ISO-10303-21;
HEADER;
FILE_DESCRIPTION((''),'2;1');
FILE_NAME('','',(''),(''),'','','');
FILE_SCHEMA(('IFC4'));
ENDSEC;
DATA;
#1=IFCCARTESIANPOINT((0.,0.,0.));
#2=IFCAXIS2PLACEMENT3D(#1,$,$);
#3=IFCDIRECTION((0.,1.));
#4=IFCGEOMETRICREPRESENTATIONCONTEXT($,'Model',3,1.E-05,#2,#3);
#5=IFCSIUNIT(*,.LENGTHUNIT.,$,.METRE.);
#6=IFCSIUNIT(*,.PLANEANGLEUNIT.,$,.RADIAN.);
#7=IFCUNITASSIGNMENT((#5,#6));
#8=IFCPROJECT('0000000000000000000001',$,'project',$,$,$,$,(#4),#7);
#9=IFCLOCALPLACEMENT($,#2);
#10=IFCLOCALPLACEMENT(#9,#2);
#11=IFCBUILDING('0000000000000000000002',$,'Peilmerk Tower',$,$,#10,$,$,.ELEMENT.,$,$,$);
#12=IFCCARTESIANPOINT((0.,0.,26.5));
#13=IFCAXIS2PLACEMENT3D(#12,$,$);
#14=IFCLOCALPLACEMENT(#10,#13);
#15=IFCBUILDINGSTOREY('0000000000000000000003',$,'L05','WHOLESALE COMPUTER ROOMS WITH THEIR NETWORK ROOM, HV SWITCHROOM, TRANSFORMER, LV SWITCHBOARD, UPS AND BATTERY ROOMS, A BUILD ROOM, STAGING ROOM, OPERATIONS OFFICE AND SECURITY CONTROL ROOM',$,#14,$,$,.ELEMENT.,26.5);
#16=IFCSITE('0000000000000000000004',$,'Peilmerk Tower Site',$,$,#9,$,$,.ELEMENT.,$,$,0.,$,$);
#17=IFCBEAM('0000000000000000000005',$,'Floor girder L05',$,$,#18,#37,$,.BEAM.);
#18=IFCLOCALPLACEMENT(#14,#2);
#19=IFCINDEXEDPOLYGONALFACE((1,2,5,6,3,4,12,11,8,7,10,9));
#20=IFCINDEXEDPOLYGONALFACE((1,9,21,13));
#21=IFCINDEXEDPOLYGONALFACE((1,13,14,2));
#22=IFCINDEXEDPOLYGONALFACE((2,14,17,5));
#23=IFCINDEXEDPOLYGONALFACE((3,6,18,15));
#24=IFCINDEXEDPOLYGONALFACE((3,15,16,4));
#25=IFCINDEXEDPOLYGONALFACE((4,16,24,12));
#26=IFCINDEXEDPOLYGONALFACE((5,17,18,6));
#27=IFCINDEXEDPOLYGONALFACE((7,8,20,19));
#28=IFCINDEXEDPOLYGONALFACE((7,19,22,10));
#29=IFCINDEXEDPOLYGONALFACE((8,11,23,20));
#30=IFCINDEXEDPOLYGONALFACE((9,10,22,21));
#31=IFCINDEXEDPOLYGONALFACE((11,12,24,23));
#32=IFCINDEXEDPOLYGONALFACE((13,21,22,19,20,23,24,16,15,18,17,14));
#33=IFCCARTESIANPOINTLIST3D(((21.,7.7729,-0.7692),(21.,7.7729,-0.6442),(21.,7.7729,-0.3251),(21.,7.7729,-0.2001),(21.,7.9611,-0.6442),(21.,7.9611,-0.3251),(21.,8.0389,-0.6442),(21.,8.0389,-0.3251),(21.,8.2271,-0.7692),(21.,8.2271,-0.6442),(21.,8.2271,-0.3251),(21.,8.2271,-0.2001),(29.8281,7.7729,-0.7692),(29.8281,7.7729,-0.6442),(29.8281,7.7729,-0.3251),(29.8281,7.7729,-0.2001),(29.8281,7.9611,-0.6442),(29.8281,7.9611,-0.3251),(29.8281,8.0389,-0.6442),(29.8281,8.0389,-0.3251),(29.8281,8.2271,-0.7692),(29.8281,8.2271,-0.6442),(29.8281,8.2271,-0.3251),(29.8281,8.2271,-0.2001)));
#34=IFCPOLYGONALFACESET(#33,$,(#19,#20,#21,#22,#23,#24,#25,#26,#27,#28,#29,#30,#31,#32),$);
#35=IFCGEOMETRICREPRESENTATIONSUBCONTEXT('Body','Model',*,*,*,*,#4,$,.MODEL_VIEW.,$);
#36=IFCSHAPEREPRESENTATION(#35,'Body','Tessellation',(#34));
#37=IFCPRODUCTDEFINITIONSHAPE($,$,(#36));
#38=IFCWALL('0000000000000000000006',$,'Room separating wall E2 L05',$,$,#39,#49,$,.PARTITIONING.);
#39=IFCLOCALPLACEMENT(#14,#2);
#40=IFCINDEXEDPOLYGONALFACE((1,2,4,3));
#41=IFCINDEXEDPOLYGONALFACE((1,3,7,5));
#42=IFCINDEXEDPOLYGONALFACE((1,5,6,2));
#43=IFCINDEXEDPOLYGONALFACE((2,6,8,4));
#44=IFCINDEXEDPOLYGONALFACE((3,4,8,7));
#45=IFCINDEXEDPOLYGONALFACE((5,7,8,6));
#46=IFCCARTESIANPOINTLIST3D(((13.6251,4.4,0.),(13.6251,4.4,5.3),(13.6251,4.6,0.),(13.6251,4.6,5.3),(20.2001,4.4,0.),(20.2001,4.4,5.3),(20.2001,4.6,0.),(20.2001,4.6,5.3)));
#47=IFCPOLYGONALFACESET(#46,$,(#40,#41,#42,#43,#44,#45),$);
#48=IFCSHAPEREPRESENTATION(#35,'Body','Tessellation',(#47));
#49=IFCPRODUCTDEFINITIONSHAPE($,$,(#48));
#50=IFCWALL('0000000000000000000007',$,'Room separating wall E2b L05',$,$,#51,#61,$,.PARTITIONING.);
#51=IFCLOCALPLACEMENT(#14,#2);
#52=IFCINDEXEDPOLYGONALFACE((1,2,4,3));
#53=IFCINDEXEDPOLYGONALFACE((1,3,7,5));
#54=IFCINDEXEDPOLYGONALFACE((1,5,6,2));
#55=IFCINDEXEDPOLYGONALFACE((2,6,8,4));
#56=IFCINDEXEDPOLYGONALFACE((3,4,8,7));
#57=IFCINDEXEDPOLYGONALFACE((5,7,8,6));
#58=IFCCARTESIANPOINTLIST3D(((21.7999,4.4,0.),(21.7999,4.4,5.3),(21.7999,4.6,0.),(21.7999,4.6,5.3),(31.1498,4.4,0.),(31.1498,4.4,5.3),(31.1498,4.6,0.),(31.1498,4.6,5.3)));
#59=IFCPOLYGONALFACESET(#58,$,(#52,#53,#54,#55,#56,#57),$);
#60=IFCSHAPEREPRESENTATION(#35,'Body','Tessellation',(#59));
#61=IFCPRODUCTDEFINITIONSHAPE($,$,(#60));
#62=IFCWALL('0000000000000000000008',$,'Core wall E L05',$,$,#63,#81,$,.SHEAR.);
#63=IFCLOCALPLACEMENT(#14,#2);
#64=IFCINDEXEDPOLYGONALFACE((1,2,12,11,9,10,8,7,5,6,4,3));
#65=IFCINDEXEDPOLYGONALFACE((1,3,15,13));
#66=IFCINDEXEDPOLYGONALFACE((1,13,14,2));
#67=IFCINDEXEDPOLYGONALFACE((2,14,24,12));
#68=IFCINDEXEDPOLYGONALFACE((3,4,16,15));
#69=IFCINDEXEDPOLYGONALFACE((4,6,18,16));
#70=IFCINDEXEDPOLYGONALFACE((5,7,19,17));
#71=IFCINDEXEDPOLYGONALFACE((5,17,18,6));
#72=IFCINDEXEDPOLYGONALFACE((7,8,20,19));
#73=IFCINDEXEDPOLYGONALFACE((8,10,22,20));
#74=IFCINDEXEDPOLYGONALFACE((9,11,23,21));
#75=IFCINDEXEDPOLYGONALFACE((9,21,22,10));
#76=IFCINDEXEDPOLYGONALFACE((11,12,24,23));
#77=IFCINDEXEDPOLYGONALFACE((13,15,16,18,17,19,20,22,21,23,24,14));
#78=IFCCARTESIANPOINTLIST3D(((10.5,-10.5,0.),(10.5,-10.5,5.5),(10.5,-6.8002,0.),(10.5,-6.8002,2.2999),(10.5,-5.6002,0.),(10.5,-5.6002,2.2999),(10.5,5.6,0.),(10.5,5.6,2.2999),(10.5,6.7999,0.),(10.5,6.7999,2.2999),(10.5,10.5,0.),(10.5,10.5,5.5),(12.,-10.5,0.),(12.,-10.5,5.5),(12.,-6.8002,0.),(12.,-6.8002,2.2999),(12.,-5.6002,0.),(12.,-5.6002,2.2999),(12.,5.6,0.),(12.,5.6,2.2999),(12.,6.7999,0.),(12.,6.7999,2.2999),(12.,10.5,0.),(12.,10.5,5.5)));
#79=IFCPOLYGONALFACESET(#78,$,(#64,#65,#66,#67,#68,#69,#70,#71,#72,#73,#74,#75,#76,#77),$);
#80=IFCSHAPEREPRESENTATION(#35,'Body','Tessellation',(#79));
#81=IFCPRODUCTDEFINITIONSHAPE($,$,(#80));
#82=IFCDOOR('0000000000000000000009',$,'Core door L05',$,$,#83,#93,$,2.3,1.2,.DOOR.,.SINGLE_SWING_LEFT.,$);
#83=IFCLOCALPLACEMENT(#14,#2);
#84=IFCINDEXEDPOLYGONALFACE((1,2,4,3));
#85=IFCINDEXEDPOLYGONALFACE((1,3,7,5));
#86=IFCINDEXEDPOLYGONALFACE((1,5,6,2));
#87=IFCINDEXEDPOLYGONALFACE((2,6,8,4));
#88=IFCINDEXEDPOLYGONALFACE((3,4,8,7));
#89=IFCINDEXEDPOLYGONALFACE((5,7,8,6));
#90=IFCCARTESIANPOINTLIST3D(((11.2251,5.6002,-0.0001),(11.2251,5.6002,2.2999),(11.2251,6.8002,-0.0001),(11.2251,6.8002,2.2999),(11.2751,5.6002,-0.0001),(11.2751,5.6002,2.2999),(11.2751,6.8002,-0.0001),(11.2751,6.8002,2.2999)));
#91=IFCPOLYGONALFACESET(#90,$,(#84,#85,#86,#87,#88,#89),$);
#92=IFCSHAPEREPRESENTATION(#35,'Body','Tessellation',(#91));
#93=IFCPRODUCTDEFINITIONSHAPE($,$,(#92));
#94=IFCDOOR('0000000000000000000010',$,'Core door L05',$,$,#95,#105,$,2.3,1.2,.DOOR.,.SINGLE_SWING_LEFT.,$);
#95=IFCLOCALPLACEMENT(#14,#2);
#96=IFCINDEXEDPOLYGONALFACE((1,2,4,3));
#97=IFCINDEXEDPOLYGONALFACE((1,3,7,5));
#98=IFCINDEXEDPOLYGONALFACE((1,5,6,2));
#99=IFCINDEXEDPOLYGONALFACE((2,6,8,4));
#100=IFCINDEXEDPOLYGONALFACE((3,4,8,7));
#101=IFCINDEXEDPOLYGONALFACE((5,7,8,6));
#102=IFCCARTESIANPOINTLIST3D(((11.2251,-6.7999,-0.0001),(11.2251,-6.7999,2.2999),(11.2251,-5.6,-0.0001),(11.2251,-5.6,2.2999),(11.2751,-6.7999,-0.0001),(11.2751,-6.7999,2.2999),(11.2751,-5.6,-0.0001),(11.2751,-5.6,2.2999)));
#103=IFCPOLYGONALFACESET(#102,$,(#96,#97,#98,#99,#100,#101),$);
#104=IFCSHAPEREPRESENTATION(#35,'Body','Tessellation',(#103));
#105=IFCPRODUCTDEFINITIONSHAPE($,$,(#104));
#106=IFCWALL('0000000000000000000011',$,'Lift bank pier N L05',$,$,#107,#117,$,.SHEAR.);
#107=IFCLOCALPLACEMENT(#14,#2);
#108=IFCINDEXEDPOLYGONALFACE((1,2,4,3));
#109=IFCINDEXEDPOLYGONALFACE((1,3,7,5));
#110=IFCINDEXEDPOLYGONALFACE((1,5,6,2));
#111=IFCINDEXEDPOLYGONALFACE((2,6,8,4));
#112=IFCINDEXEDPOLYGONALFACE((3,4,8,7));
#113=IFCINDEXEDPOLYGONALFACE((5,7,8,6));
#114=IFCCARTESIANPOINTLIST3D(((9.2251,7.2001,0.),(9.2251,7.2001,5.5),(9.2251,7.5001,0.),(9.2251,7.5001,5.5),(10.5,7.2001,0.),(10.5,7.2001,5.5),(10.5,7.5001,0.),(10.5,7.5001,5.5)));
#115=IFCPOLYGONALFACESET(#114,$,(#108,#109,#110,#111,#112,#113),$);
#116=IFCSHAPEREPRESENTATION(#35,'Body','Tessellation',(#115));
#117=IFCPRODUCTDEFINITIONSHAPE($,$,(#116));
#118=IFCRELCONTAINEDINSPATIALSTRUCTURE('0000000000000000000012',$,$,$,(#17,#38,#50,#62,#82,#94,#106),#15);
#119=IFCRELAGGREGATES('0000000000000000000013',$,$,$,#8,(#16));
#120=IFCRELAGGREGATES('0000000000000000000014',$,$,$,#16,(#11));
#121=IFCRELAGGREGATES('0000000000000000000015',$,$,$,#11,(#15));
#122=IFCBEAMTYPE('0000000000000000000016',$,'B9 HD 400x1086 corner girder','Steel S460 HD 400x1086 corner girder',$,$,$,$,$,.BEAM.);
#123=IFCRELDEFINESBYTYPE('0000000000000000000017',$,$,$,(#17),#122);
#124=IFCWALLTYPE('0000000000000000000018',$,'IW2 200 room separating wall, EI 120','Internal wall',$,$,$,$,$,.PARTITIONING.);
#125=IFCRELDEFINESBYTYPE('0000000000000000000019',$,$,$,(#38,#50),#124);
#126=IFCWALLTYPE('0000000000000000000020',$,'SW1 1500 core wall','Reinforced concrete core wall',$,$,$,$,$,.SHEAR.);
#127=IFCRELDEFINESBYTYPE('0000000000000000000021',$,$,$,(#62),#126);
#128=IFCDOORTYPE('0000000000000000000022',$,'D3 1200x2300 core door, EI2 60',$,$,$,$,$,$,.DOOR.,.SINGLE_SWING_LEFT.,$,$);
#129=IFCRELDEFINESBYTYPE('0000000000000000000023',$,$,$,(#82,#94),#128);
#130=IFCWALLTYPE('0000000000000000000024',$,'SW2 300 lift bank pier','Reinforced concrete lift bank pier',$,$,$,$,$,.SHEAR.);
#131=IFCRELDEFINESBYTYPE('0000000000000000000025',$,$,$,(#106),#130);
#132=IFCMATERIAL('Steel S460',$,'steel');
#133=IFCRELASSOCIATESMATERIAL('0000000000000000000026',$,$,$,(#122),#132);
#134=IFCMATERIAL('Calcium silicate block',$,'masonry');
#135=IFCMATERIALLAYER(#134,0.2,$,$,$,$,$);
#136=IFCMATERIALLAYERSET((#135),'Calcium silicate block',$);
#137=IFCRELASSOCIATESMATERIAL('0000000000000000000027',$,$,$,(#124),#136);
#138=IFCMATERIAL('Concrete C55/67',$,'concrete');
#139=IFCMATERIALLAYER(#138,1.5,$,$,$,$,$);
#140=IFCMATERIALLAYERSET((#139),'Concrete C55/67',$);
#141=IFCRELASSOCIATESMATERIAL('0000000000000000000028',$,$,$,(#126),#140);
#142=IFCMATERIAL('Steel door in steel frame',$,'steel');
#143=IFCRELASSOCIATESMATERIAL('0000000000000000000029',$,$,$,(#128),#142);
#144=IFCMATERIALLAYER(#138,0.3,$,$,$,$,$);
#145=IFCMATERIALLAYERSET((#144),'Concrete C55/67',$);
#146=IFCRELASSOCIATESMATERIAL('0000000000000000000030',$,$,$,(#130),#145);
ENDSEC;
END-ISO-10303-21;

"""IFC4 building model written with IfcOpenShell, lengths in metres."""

from ifc_helpers import new_model, si_unit, direction, frame, frame_2d, origin, origin_2d, place, context, subcontext, project, spatial, rectangle, i_section, extrude, material, layer, layer_set, material_profile, profile_set, type_object, element, fill, save


model = new_model("IFC4")

# Units and contexts
model_context = context("Model", 3, precision=1e-05, world=origin(), true_north=direction((0.0, 1.0)))
body_context = subcontext(model_context, "Body", "Model", "MODEL_VIEW")
ifc_project = project(units=[si_unit("LENGTHUNIT", "METRE"), si_unit("PLANEANGLEUNIT", "RADIAN")], contexts=[model_context])

# Site, building, storey
site_placement = place(None, origin())
site = spatial("IfcSite", under=ifc_project, at=site_placement, Name="Peilmerk Tower Site", CompositionType="ELEMENT", RefElevation=0.0)
building_placement = place(site_placement, origin())
building = spatial("IfcBuilding", under=site, at=building_placement, Name="Peilmerk Tower", CompositionType="ELEMENT")
storey_placement = place(building_placement, frame((0.0, 0.0, 26.5)))
storey = spatial("IfcBuildingStorey", under=building, at=storey_placement, Name="L05", Description="WHOLESALE COMPUTER ROOMS WITH THEIR NETWORK ROOM, HV SWITCHROOM, TRANSFORMER, LV SWITCHBOARD, UPS AND BATTERY ROOMS, A BUILD ROOM, STAGING ROOM, OPERATIONS OFFICE AND SECURITY CONTROL ROOM", CompositionType="ELEMENT", Elevation=26.5)

# Beam
ifc_material_1 = material(Name="Steel S460", Category="steel")
ifc_material_profile_1 = material_profile(ifc_material_1, i_section(OverallWidth=0.4541, OverallDepth=0.5691, WebThickness=0.0779, FlangeThickness=0.125, at=origin_2d()), Name="HD 400x1086")
ifc_profile_set_1 = profile_set([ifc_material_profile_1], Name="Steel S460")
beam_type_1 = type_object("IfcBeamType", Name="B9 HD 400x1086 corner girder", Description="Steel S460 HD 400x1086 corner girder", PredefinedType="BEAM", material=ifc_profile_set_1)
beam_1_placement = place(storey_placement, frame((21.0, 8.0, -0.4846), z_axis=(1.0, 0.0, 0.0), x_axis=(0.0, 1.0, 0.0)))
element("IfcBeam", 1, at=beam_1_placement, inside=storey, type_object=beam_type_1, Name="Floor girder L05", PredefinedType="BEAM", context=body_context, shape_type="SweptSolid", body=[
    extrude(i_section(OverallWidth=0.4541, OverallDepth=0.5691, WebThickness=0.0779, FlangeThickness=0.125, at=origin_2d()), origin(), (0.0, 0.0, 1.0), 8.8281),
])

# Walls
ifc_material_2 = material(Name="Calcium silicate block", Category="masonry")
ifc_layer_1 = layer(ifc_material_2, 0.2)
ifc_layer_set_1 = layer_set([ifc_layer_1], Name="Calcium silicate block")
wall_type_1 = type_object("IfcWallType", Name="IW2 200 room separating wall, EI 120", Description="Internal wall", PredefinedType="PARTITIONING", material=ifc_layer_set_1)
wall_1_placement = place(storey_placement, frame((13.625, 4.5, 0.0), z_axis=(0.0, 0.0, 1.0), x_axis=(1.0, 0.0, 0.0)))
element("IfcWall", 2, at=wall_1_placement, inside=storey, type_object=wall_type_1, Name="Room separating wall E2 L05", PredefinedType="PARTITIONING", context=body_context, shape_type="SweptSolid", body=[
    extrude(rectangle(XDim=6.575, YDim=0.2, at=frame_2d((3.2876, 0.0))), origin(), (0.0, 0.0, 1.0), 5.3),
])
wall_2_placement = place(storey_placement, frame((21.8, 4.5, 0.0), z_axis=(0.0, 0.0, 1.0), x_axis=(1.0, 0.0, 0.0)))
element("IfcWall", 3, at=wall_2_placement, inside=storey, type_object=wall_type_1, Name="Room separating wall E2b L05", PredefinedType="PARTITIONING", context=body_context, shape_type="SweptSolid", body=[
    extrude(rectangle(XDim=9.3499, YDim=0.2, at=frame_2d((4.6748, 0.0))), origin(), (0.0, 0.0, 1.0), 5.3),
])

# Wall, openings, doors
ifc_material_3 = material(Name="Concrete C55/67", Category="concrete")
ifc_layer_2 = layer(ifc_material_3, 1.5)
ifc_layer_set_2 = layer_set([ifc_layer_2], Name="Concrete C55/67")
wall_type_2 = type_object("IfcWallType", Name="SW1 1500 core wall", Description="Reinforced concrete core wall", PredefinedType="SHEAR", material=ifc_layer_set_2)
wall_3_placement = place(storey_placement, frame((11.25, 10.5, 0.0), z_axis=(0.0, 0.0, 1.0), x_axis=(0.0, -1.0, 0.0)))
wall_3 = element("IfcWall", 4, at=wall_3_placement, inside=storey, type_object=wall_type_2, Name="Core wall E L05", PredefinedType="SHEAR", context=body_context, shape_type="SweptSolid", body=[
    extrude(rectangle(XDim=21.0, YDim=1.5, at=frame_2d((10.5, 0.0))), origin(), (0.0, 0.0, 1.0), 5.5),
])
opening_1_placement = place(wall_3_placement, frame((3.7, 0.0, 0.0)))
opening_1 = element("IfcOpeningElement", 5, at=opening_1_placement, cuts=wall_3, PredefinedType="OPENING", context=body_context, shape_type="SweptSolid", body=[
    extrude(rectangle(XDim=1.2, YDim=2.3, at=frame_2d((0.6001, 1.1499))), frame((0.0, 0.76, 0.0), z_axis=(0.0, -1.0, 0.0), x_axis=(1.0, 0.0, 0.0)), (0.0, 0.0, 1.0), 1.52),
])
opening_2_placement = place(wall_3_placement, frame((16.1001, 0.0, 0.0)))
opening_2 = element("IfcOpeningElement", 6, at=opening_2_placement, cuts=wall_3, PredefinedType="OPENING", context=body_context, shape_type="SweptSolid", body=[
    extrude(rectangle(XDim=1.2, YDim=2.3, at=frame_2d((0.6001, 1.1499))), frame((0.0, 0.76, 0.0), z_axis=(0.0, -1.0, 0.0), x_axis=(1.0, 0.0, 0.0)), (0.0, 0.0, 1.0), 1.52),
])
ifc_material_4 = material(Name="Steel door in steel frame", Category="steel")
door_type = type_object("IfcDoorType", Name="D3 1200x2300 core door, EI2 60", OperationType="SINGLE_SWING_LEFT", PredefinedType="DOOR", material=ifc_material_4)
door_1_placement = place(opening_1_placement, frame((1.2, 0.0, 0.0), z_axis=(0.0, 0.0, 1.0), x_axis=(-1.0, 0.0, 0.0)))
door_1 = element("IfcDoor", 7, at=door_1_placement, inside=storey, type_object=door_type, Name="Core door L05", OperationType="SINGLE_SWING_LEFT", OverallHeight=2.3, OverallWidth=1.2, PredefinedType="DOOR", context=body_context, shape_type="SweptSolid", body=[
    extrude(rectangle(XDim=1.2, YDim=2.3, at=frame_2d((0.6001, 1.1499))), frame((0.0, 0.0249, 0.0), z_axis=(0.0, -1.0, 0.0), x_axis=(1.0, 0.0, 0.0)), (0.0, 0.0, 1.0), 0.05),
])
fill(opening_1, door_1)
door_2_placement = place(opening_2_placement, frame((1.2, 0.0, 0.0), z_axis=(0.0, 0.0, 1.0), x_axis=(-1.0, 0.0, 0.0)))
door_2 = element("IfcDoor", 8, at=door_2_placement, inside=storey, type_object=door_type, Name="Core door L05", OperationType="SINGLE_SWING_LEFT", OverallHeight=2.3, OverallWidth=1.2, PredefinedType="DOOR", context=body_context, shape_type="SweptSolid", body=[
    extrude(rectangle(XDim=1.2, YDim=2.3, at=frame_2d((0.6001, 1.1499))), frame((0.0, 0.0249, 0.0), z_axis=(0.0, -1.0, 0.0), x_axis=(1.0, 0.0, 0.0)), (0.0, 0.0, 1.0), 0.05),
])
fill(opening_2, door_2)

# Wall
ifc_layer_3 = layer(ifc_material_3, 0.3)
ifc_layer_set_3 = layer_set([ifc_layer_3], Name="Concrete C55/67")
wall_type_3 = type_object("IfcWallType", Name="SW2 300 lift bank pier", Description="Reinforced concrete lift bank pier", PredefinedType="SHEAR", material=ifc_layer_set_3)
wall_4_placement = place(storey_placement, frame((9.2251, 7.3501, 0.0), z_axis=(0.0, 0.0, 1.0), x_axis=(1.0, 0.0, 0.0)))
element("IfcWall", 9, at=wall_4_placement, inside=storey, type_object=wall_type_3, Name="Lift bank pier N L05", PredefinedType="SHEAR", context=body_context, shape_type="SweptSolid", body=[
    extrude(rectangle(XDim=1.2749, YDim=0.3, at=frame_2d((0.6375, 0.0))), origin(), (0.0, 0.0, 1.0), 5.5),
])

save(model, "model.ifc")
